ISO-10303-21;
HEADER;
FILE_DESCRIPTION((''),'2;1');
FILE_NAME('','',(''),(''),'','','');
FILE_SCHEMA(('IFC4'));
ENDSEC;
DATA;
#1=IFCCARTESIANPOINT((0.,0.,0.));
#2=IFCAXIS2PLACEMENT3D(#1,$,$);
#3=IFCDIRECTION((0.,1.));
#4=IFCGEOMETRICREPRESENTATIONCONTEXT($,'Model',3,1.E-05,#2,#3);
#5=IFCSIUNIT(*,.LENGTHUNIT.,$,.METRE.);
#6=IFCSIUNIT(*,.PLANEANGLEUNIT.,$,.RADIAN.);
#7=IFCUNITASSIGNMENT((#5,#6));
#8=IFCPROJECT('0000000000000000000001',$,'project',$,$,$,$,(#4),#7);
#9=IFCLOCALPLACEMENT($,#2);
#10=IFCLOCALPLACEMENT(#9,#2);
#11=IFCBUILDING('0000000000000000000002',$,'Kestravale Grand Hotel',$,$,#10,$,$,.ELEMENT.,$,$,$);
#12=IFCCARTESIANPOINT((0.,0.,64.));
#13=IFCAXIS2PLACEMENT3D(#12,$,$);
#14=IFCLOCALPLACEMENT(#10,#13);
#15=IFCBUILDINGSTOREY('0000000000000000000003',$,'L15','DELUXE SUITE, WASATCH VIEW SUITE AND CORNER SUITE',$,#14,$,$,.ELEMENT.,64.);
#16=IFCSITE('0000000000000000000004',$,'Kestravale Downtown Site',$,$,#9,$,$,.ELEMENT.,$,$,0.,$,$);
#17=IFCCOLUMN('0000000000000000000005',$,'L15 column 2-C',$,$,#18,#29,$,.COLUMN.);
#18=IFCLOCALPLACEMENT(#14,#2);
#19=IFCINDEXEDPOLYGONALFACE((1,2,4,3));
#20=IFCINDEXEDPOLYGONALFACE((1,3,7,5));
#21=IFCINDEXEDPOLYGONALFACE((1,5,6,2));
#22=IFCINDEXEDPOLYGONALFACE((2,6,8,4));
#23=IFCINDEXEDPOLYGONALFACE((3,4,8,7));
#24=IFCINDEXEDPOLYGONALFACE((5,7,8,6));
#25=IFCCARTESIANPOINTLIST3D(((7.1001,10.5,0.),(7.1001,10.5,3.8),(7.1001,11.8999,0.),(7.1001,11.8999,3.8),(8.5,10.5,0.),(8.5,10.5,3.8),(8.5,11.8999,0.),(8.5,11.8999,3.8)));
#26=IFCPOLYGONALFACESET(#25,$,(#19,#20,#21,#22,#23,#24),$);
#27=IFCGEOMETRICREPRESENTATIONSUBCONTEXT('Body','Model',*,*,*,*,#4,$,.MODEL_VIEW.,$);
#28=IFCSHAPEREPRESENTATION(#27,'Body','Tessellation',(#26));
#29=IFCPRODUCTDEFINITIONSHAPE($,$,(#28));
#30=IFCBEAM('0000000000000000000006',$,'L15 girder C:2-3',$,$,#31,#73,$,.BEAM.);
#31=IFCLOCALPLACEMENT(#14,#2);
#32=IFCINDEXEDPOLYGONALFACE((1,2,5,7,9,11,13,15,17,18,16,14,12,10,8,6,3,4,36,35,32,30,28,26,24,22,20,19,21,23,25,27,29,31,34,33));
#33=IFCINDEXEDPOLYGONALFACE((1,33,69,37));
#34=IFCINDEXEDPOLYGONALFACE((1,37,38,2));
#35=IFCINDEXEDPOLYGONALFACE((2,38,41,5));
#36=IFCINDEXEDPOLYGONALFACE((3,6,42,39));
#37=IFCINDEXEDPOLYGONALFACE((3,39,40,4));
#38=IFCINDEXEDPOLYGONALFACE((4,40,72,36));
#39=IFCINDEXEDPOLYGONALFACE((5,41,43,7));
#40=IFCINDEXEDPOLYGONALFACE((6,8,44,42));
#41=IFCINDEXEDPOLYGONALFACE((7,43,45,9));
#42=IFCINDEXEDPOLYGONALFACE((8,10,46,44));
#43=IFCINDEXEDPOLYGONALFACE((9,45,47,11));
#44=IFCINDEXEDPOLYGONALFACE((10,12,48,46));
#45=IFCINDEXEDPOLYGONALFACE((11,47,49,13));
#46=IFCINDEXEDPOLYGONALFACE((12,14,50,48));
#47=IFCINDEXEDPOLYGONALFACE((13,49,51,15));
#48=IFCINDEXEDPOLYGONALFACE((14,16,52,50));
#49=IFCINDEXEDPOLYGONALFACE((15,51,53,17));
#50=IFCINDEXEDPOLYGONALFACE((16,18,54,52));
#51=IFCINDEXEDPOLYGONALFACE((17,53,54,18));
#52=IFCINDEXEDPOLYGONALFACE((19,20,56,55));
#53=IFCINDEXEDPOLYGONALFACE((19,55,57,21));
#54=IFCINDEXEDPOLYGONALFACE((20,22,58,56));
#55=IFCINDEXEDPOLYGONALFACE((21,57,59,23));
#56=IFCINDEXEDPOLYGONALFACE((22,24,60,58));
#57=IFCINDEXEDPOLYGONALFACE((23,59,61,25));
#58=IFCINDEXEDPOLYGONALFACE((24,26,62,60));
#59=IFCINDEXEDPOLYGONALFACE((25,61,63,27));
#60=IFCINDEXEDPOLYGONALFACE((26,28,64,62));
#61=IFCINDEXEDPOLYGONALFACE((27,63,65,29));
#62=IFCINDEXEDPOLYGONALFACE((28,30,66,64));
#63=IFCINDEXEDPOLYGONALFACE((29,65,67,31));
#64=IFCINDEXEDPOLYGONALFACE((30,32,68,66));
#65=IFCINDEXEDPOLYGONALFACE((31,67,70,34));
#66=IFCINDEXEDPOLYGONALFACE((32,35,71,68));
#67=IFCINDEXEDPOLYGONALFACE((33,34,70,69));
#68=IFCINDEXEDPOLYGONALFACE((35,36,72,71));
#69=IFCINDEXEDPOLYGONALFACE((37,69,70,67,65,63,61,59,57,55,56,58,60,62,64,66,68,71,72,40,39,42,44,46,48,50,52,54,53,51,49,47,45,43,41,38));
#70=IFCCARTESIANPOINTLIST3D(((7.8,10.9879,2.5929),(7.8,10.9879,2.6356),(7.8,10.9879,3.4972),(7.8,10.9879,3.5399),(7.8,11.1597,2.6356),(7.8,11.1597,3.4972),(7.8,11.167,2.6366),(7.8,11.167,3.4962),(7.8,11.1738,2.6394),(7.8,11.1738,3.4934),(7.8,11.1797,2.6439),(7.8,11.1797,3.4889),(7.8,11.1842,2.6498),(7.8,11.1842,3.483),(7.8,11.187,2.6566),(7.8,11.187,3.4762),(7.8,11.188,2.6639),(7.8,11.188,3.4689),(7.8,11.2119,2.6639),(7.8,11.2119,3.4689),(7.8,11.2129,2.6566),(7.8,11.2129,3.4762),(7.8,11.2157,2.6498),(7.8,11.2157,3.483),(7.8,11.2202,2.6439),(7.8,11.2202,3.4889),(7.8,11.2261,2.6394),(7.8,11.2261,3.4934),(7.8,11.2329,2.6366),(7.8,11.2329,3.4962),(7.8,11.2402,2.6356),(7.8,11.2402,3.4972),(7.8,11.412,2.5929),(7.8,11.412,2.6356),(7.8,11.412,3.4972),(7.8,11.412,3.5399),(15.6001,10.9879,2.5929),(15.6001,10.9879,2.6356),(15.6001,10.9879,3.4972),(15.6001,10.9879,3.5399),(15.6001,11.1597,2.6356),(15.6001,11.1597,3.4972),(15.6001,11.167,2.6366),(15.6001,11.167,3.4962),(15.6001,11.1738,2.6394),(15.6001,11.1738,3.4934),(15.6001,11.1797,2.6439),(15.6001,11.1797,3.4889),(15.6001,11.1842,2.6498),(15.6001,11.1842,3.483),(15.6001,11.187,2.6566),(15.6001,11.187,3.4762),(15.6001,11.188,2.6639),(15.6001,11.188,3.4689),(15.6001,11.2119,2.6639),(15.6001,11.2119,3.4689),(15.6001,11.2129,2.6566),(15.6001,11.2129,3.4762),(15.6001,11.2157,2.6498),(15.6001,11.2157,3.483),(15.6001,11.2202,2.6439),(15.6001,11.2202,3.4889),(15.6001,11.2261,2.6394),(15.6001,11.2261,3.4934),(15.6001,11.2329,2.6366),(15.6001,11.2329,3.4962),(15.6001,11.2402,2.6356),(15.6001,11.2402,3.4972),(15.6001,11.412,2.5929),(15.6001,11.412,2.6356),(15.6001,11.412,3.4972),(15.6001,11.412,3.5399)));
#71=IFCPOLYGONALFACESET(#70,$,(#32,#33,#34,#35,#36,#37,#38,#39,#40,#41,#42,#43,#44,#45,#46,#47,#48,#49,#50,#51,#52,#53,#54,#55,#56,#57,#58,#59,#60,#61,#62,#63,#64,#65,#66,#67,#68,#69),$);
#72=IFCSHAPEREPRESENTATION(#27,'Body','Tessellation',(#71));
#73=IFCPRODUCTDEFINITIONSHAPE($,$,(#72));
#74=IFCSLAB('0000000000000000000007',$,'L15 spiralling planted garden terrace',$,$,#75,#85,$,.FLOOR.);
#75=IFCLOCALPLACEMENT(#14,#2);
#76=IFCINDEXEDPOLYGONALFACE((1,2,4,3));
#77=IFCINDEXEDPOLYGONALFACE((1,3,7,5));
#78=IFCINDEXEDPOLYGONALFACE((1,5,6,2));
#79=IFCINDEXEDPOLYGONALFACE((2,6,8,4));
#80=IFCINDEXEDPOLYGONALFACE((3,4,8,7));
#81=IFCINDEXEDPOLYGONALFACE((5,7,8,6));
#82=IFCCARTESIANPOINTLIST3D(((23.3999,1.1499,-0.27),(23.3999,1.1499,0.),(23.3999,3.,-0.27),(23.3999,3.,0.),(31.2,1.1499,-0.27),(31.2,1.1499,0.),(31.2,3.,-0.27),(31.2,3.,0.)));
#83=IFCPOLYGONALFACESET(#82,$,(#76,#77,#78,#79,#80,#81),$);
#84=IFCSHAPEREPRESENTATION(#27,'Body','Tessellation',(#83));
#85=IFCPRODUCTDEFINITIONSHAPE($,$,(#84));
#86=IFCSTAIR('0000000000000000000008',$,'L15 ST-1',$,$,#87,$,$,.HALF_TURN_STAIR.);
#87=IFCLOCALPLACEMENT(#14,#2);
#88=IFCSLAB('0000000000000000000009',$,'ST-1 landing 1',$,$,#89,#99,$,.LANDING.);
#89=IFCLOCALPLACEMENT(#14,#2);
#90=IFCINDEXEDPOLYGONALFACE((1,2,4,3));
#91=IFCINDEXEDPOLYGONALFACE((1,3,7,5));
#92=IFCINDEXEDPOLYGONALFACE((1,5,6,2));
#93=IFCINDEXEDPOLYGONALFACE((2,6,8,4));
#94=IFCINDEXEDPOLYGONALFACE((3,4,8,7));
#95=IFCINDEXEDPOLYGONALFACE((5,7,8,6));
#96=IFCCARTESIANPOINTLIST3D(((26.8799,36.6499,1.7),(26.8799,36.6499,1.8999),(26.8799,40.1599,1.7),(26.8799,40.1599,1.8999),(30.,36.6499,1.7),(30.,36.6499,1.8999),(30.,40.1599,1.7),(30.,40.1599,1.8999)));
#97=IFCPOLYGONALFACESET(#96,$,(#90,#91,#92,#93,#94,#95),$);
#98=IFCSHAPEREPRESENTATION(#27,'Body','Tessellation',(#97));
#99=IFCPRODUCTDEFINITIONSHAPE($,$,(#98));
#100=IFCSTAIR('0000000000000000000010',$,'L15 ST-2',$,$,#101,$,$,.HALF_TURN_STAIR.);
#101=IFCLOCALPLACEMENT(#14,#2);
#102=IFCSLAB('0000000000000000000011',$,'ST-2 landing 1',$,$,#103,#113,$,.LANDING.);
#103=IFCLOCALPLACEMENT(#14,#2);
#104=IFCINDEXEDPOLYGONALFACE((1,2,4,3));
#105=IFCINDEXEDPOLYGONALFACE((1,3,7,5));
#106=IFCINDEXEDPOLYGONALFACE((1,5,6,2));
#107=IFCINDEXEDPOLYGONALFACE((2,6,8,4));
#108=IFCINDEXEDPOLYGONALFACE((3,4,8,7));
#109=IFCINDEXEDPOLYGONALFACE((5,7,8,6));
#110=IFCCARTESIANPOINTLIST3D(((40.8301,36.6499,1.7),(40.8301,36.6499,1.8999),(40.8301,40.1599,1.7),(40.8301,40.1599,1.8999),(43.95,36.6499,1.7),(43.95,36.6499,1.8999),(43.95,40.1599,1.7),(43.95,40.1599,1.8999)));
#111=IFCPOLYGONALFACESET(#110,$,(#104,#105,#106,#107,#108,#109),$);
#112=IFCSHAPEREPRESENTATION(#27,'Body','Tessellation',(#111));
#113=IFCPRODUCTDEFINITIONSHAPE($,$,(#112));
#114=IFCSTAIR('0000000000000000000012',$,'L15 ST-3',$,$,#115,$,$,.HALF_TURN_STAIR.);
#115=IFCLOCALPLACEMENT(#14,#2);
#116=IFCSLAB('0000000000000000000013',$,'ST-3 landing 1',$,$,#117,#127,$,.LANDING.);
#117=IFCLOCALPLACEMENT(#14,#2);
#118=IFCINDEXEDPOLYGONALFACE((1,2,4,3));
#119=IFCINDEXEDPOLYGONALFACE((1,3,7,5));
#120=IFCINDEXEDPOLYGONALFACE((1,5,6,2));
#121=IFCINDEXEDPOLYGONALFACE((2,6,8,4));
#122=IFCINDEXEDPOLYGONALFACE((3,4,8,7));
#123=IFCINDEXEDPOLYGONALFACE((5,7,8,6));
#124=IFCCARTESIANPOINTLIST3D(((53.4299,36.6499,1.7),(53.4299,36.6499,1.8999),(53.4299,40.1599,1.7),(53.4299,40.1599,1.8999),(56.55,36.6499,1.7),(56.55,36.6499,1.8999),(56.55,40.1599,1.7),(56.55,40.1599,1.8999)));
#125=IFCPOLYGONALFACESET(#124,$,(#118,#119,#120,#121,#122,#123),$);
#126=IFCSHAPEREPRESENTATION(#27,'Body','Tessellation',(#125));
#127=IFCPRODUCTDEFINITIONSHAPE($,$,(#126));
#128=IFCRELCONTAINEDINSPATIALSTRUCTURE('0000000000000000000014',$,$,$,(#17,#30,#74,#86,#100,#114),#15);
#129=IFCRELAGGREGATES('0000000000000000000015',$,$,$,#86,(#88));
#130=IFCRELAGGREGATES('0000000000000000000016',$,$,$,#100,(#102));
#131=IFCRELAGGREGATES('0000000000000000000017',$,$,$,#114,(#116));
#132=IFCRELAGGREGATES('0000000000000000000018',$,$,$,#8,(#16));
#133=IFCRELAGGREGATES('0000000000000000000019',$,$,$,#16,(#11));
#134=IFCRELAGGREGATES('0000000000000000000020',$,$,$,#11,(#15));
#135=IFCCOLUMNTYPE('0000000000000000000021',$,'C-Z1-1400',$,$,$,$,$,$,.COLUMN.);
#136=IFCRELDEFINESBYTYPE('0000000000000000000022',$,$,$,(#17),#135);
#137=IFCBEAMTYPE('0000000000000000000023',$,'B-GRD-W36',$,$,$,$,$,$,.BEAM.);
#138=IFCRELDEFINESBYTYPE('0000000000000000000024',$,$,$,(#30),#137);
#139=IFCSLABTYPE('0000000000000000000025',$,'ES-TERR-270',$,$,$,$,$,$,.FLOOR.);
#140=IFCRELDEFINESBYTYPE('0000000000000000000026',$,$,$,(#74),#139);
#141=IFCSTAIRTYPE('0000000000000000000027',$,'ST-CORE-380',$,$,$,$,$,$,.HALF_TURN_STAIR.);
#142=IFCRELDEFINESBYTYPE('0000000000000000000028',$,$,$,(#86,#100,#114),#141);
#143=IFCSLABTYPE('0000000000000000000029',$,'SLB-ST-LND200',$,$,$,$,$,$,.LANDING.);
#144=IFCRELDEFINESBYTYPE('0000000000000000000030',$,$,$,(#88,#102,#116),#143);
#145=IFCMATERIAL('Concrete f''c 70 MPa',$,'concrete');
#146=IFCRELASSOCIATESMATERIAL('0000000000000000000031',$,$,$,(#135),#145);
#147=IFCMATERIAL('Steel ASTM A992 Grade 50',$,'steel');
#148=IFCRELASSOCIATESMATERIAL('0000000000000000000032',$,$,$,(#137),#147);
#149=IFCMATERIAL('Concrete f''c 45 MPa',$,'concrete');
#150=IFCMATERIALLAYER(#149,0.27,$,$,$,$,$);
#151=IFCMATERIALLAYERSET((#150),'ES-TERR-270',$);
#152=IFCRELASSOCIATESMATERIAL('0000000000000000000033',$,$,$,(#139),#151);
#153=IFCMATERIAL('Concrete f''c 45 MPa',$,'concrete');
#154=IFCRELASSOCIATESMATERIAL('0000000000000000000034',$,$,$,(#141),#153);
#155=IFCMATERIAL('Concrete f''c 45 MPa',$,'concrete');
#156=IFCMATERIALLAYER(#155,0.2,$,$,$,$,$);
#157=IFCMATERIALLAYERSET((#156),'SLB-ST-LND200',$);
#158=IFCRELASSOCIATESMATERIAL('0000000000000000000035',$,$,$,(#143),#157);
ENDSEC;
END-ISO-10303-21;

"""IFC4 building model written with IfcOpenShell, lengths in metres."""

from ifc_helpers import new_model, si_unit, direction, frame, origin, origin_2d, place, context, subcontext, project, spatial, polyline, rectangle, i_section, outline, extrude, material, layer, layer_set, material_profile, profile_set, type_object, element, aggregate, save


model = new_model("IFC4")

# Units and contexts
model_context = context("Model", 3, precision=1e-05, world=origin(), true_north=direction((0.0, 1.0)))
body_context = subcontext(model_context, "Body", "Model", "MODEL_VIEW")
ifc_project = project(units=[si_unit("LENGTHUNIT", "METRE"), si_unit("PLANEANGLEUNIT", "RADIAN")], contexts=[model_context])

# Site, building, storey
site_placement = place(None, origin())
site = spatial("IfcSite", under=ifc_project, at=site_placement, Name="Kestravale Downtown Site", CompositionType="ELEMENT", RefElevation=0.0)
building_placement = place(site_placement, origin())
building = spatial("IfcBuilding", under=site, at=building_placement, Name="Kestravale Grand Hotel", CompositionType="ELEMENT")
storey_placement = place(building_placement, frame((0.0, 0.0, 64.0)))
storey = spatial("IfcBuildingStorey", under=building, at=storey_placement, Name="L15", Description="DELUXE SUITE, WASATCH VIEW SUITE AND CORNER SUITE", CompositionType="ELEMENT", Elevation=64.0)

# Column
ifc_material_1 = material(Name="Concrete f'c 70 MPa", Category="concrete")
ifc_material_profile_1 = material_profile(ifc_material_1, rectangle(XDim=1.3999, YDim=1.3999, at=origin_2d()))
ifc_profile_set_1 = profile_set([ifc_material_profile_1], Name="Concrete f'c 70 MPa")
column_type = type_object("IfcColumnType", Name="C-Z1-1400", PredefinedType="COLUMN", material=ifc_profile_set_1)
column_placement = place(storey_placement, frame((7.8, 11.2, 0.0), z_axis=(0.0, 0.0, 1.0), x_axis=(1.0, 0.0, 0.0)))
element("IfcColumn", 1, at=column_placement, inside=storey, type_object=column_type, Name="L15 column 2-C", PredefinedType="COLUMN", context=body_context, shape_type="SweptSolid", body=[
    extrude(rectangle(XDim=1.3999, YDim=1.3999, at=origin_2d()), origin(), (0.0, 0.0, 1.0), 3.8),
])

# Beam
ifc_material_2 = material(Name="Steel ASTM A992 Grade 50", Category="steel")
ifc_material_profile_2 = material_profile(ifc_material_2, i_section(OverallWidth=0.4241, OverallDepth=0.947, WebThickness=0.0239, FlangeThickness=0.0427, FilletRadius=0.0283, at=origin_2d()))
ifc_profile_set_2 = profile_set([ifc_material_profile_2], Name="Steel ASTM A992 Grade 50")
beam_type = type_object("IfcBeamType", Name="B-GRD-W36", PredefinedType="BEAM", material=ifc_profile_set_2)
beam_placement = place(storey_placement, frame((7.8, 11.2, 3.0664), z_axis=(1.0, 0.0, 0.0), x_axis=(0.0, 1.0, 0.0)))
element("IfcBeam", 2, at=beam_placement, inside=storey, type_object=beam_type, Name="L15 girder C:2-3", PredefinedType="BEAM", context=body_context, shape_type="SweptSolid", body=[
    extrude(i_section(OverallWidth=0.4241, OverallDepth=0.947, WebThickness=0.0239, FlangeThickness=0.0427, FilletRadius=0.0283, at=origin_2d()), origin(), (0.0, 0.0, 1.0), 7.8),
])

# Slab
ifc_material_3 = material(Name="Concrete f'c 45 MPa", Category="concrete")
ifc_layer_1 = layer(ifc_material_3, 0.27)
ifc_layer_set_1 = layer_set([ifc_layer_1], Name="ES-TERR-270")
slab_type_1 = type_object("IfcSlabType", Name="ES-TERR-270", PredefinedType="FLOOR", material=ifc_layer_set_1)
slab_1_placement = place(storey_placement, frame((0.0, 0.0, -0.27)))
element("IfcSlab", 3, at=slab_1_placement, inside=storey, type_object=slab_type_1, Name="L15 spiralling planted garden terrace", PredefinedType="FLOOR", context=body_context, shape_type="SweptSolid", body=[
    extrude(outline(polyline([(23.3999, 1.1499), (31.2, 1.1499), (31.2, 3.0), (23.3999, 3.0), (23.3999, 1.1499)])), origin(), (0.0, 0.0, 1.0), 0.27),
])

# Stairs, slabs
ifc_material_4 = material(Name="Concrete f'c 45 MPa", Category="concrete")
stair_type = type_object("IfcStairType", Name="ST-CORE-380", PredefinedType="HALF_TURN_STAIR", material=ifc_material_4)
stair_1_placement = place(storey_placement, origin())
stair_1 = element("IfcStair", 4, at=stair_1_placement, inside=storey, type_object=stair_type, Name="L15 ST-1", PredefinedType="HALF_TURN_STAIR")
ifc_material_5 = material(Name="Concrete f'c 45 MPa", Category="concrete")
ifc_layer_2 = layer(ifc_material_5, 0.2)
ifc_layer_set_2 = layer_set([ifc_layer_2], Name="SLB-ST-LND200")
slab_type_2 = type_object("IfcSlabType", Name="SLB-ST-LND200", PredefinedType="LANDING", material=ifc_layer_set_2)
slab_2_placement = place(storey_placement, frame((0.0, 0.0, 1.7)))
slab_2 = element("IfcSlab", 5, at=slab_2_placement, type_object=slab_type_2, Name="ST-1 landing 1", PredefinedType="LANDING", context=body_context, shape_type="SweptSolid", body=[
    extrude(outline(polyline([(26.8799, 36.6499), (30.0, 36.6499), (30.0, 40.1599), (26.8799, 40.1599), (26.8799, 36.6499)])), origin(), (0.0, 0.0, 1.0), 0.2),
])
aggregate(stair_1, [slab_2])
stair_2_placement = place(storey_placement, origin())
stair_2 = element("IfcStair", 6, at=stair_2_placement, inside=storey, type_object=stair_type, Name="L15 ST-2", PredefinedType="HALF_TURN_STAIR")
slab_3_placement = place(storey_placement, frame((0.0, 0.0, 1.7)))
slab_3 = element("IfcSlab", 7, at=slab_3_placement, type_object=slab_type_2, Name="ST-2 landing 1", PredefinedType="LANDING", context=body_context, shape_type="SweptSolid", body=[
    extrude(outline(polyline([(40.8301, 36.6499), (43.95, 36.6499), (43.95, 40.1599), (40.8301, 40.1599), (40.8301, 36.6499)])), origin(), (0.0, 0.0, 1.0), 0.2),
])
aggregate(stair_2, [slab_3])
stair_3_placement = place(storey_placement, origin())
stair_3 = element("IfcStair", 8, at=stair_3_placement, inside=storey, type_object=stair_type, Name="L15 ST-3", PredefinedType="HALF_TURN_STAIR")
slab_4_placement = place(storey_placement, frame((0.0, 0.0, 1.7)))
slab_4 = element("IfcSlab", 9, at=slab_4_placement, type_object=slab_type_2, Name="ST-3 landing 1", PredefinedType="LANDING", context=body_context, shape_type="SweptSolid", body=[
    extrude(outline(polyline([(53.4299, 36.6499), (56.55, 36.6499), (56.55, 40.1599), (53.4299, 40.1599), (53.4299, 36.6499)])), origin(), (0.0, 0.0, 1.0), 0.2),
])
aggregate(stair_3, [slab_4])

save(model, "model.ifc")
